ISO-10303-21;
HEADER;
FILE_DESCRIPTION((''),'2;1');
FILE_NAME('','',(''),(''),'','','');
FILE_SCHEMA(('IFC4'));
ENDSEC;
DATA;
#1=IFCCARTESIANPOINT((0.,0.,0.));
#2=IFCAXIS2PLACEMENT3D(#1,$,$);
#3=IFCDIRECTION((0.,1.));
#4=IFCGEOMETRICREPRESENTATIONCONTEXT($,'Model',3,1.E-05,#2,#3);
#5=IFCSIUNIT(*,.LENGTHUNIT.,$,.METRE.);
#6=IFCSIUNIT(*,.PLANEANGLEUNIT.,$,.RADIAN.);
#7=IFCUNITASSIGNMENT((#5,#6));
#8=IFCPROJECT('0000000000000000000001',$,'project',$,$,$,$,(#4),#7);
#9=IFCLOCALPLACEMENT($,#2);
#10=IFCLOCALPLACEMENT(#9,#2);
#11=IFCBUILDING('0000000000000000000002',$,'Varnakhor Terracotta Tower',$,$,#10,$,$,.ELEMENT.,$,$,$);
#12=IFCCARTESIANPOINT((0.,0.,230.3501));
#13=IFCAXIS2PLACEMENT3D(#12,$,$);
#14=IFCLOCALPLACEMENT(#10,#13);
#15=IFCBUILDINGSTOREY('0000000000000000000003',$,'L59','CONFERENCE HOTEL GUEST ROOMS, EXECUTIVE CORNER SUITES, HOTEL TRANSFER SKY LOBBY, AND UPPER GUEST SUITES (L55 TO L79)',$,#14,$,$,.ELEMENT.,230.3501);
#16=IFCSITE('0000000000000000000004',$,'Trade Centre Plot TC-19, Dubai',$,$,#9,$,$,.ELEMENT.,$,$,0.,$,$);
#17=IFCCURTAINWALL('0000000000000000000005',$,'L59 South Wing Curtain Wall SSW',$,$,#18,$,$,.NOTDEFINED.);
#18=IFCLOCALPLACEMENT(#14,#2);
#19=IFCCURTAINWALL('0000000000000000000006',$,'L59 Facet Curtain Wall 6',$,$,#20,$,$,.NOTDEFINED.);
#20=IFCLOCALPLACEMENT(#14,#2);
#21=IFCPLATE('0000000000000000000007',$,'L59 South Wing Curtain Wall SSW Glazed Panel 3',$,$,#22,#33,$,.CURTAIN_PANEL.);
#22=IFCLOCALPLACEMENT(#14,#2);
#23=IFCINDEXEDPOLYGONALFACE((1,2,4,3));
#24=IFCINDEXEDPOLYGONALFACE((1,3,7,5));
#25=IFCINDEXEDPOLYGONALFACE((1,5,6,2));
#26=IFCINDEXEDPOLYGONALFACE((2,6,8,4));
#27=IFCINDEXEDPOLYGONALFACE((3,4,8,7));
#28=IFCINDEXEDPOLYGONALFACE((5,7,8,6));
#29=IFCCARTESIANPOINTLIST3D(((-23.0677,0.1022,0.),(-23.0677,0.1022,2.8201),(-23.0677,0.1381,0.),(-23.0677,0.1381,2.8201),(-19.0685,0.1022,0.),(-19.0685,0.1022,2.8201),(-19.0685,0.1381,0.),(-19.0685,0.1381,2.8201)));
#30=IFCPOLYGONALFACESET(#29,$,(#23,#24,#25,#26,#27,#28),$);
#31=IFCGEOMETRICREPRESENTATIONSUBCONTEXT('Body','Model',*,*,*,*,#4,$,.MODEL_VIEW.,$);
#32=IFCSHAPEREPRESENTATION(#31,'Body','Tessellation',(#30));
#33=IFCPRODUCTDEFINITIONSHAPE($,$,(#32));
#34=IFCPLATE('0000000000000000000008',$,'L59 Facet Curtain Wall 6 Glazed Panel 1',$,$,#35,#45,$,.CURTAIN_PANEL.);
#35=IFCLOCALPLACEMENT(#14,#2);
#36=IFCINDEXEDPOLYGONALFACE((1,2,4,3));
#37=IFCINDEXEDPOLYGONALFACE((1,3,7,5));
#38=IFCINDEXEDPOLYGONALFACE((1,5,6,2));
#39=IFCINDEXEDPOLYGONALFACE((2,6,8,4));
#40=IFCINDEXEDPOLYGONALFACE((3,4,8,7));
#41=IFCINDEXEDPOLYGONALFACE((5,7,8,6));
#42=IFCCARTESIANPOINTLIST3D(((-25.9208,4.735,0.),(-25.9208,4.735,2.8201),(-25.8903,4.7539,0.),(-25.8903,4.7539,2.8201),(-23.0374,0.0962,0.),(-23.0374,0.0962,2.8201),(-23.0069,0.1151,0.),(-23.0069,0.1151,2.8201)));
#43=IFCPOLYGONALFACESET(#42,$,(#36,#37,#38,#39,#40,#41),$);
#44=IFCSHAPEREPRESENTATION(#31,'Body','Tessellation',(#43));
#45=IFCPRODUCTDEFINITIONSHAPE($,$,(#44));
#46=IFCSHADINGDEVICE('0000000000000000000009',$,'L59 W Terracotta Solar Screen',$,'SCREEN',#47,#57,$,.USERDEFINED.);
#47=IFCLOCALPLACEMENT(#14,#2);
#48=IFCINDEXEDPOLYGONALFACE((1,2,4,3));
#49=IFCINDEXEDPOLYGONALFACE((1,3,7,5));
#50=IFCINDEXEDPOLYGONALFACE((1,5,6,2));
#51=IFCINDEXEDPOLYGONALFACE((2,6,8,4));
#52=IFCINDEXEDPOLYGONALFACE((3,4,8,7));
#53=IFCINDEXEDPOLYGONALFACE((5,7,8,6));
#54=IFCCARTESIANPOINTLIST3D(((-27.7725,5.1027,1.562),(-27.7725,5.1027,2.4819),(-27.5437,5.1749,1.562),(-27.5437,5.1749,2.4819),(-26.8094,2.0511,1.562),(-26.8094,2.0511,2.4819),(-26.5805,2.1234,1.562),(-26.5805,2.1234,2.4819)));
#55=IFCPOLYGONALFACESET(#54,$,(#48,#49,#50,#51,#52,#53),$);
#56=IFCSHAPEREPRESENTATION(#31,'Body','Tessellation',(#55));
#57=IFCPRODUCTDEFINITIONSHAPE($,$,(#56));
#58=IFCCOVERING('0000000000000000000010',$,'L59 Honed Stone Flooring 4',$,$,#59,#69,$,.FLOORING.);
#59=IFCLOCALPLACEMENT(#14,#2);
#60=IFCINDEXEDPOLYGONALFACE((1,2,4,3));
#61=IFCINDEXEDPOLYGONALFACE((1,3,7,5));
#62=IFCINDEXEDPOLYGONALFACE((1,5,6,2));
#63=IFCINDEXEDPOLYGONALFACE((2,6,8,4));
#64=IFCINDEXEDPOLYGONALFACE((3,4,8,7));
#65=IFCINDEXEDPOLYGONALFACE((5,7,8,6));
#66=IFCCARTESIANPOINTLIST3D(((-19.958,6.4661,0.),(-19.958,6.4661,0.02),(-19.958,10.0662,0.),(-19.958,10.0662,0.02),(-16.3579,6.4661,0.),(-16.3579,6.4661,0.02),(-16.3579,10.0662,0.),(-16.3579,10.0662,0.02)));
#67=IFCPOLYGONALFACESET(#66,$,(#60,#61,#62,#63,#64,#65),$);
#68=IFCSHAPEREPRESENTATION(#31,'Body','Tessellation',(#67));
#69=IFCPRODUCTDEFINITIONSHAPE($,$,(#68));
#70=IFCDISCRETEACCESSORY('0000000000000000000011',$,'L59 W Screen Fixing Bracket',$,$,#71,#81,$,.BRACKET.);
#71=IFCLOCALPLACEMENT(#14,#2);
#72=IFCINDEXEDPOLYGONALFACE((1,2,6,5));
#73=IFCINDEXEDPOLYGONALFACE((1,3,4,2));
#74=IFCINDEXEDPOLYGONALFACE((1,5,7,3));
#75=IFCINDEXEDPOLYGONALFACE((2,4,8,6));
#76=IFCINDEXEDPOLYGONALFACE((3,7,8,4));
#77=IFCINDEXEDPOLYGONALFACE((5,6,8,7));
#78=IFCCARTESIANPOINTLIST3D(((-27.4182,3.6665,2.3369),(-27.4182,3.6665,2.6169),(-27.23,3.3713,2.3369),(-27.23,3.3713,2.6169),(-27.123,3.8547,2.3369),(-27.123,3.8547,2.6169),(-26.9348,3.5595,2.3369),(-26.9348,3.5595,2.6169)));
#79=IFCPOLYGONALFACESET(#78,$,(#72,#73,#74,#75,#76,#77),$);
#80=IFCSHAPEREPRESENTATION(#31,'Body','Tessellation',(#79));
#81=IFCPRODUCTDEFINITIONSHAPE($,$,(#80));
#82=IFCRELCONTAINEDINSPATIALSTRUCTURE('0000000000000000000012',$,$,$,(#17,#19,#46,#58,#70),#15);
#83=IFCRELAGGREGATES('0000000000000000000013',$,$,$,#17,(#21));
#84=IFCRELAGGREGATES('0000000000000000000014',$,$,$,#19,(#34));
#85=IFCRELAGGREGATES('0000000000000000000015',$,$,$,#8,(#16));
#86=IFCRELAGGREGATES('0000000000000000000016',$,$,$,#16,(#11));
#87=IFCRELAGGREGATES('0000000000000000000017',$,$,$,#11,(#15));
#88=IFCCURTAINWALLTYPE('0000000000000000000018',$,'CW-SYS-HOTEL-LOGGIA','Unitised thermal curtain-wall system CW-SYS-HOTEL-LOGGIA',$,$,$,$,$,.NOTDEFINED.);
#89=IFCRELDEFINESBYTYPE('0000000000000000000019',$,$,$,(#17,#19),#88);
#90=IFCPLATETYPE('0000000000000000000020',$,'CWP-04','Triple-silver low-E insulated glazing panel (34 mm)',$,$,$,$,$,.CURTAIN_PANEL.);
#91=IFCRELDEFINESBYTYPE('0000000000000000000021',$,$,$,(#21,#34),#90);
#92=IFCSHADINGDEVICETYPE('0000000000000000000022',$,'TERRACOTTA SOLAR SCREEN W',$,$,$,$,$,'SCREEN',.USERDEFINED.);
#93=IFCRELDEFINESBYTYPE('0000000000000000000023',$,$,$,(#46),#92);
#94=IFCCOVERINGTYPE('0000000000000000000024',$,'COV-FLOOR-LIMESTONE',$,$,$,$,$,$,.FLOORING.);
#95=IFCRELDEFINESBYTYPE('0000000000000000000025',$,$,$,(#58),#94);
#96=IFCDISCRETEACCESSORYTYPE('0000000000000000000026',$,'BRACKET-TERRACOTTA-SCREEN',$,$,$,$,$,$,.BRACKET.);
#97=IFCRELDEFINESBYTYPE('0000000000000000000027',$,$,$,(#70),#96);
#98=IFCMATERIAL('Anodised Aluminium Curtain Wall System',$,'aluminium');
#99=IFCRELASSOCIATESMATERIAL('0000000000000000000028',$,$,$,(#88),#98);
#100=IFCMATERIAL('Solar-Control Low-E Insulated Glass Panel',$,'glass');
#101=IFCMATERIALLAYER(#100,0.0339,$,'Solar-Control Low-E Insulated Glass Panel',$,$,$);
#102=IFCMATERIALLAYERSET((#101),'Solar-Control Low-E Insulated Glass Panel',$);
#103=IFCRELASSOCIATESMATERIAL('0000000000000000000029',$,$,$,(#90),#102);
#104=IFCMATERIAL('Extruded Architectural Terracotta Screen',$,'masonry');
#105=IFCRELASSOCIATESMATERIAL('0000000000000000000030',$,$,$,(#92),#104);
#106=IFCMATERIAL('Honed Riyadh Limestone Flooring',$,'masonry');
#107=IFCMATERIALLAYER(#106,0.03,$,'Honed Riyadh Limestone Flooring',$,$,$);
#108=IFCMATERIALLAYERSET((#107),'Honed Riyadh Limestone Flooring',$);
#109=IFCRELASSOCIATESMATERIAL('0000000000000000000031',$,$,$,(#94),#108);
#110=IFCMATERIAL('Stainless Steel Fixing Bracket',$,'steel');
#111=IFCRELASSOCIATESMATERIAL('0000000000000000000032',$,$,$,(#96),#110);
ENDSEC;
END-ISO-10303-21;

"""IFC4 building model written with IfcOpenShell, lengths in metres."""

from ifc_helpers import new_model, si_unit, direction, frame, origin, origin_2d, place, context, subcontext, project, spatial, rectangle, extrude, source, transform, mapped, material, layer, layer_set, type_object, type_shapes, element, aggregate, save


model = new_model("IFC4")

# Units and contexts
model_context = context("Model", 3, precision=1e-05, world=origin(), true_north=direction((0.0, 1.0)))
body_context = subcontext(model_context, "Body", "Model", "MODEL_VIEW")
ifc_project = project(units=[si_unit("LENGTHUNIT", "METRE"), si_unit("PLANEANGLEUNIT", "RADIAN")], contexts=[model_context])

# Site, building, storey
site_placement = place(None, origin())
site = spatial("IfcSite", under=ifc_project, at=site_placement, Name="Trade Centre Plot TC-19, Dubai", CompositionType="ELEMENT", RefElevation=0.0)
building_placement = place(site_placement, origin())
building = spatial("IfcBuilding", under=site, at=building_placement, Name="Varnakhor Terracotta Tower", CompositionType="ELEMENT")
storey_placement = place(building_placement, frame((0.0, 0.0, 230.3501)))
storey = spatial("IfcBuildingStorey", under=building, at=storey_placement, Name="L59", Description="CONFERENCE HOTEL GUEST ROOMS, EXECUTIVE CORNER SUITES, HOTEL TRANSFER SKY LOBBY, AND UPPER GUEST SUITES (L55 TO L79)", CompositionType="ELEMENT", Elevation=230.3501)

# Curtain wall
ifc_material_1 = material(Name="Anodised Aluminium Curtain Wall System", Category="aluminium")
curtain_wall_type = type_object("IfcCurtainWallType", Name="CW-SYS-HOTEL-LOGGIA", Description="Unitised thermal curtain-wall system CW-SYS-HOTEL-LOGGIA", PredefinedType="NOTDEFINED", material=ifc_material_1)
curtain_wall_1_placement = place(storey_placement, origin())
curtain_wall_1 = element("IfcCurtainWall", 1, at=curtain_wall_1_placement, inside=storey, type_object=curtain_wall_type, Name="L59 South Wing Curtain Wall SSW", PredefinedType="NOTDEFINED")

# Curtain wall
curtain_wall_2_placement = place(storey_placement, origin())
curtain_wall_2 = element("IfcCurtainWall", 2, at=curtain_wall_2_placement, inside=storey, type_object=curtain_wall_type, Name="L59 Facet Curtain Wall 6", PredefinedType="NOTDEFINED")

# Plates
ifc_material_2 = material(Name="Solar-Control Low-E Insulated Glass Panel", Category="glass")
ifc_layer_1 = layer(ifc_material_2, 0.0339, Name="Solar-Control Low-E Insulated Glass Panel")
ifc_layer_set_1 = layer_set([ifc_layer_1], Name="Solar-Control Low-E Insulated Glass Panel")
plate_type = type_object("IfcPlateType", Name="CWP-04", Description="Triple-silver low-E insulated glazing panel (34 mm)", PredefinedType="CURTAIN_PANEL", material=ifc_layer_set_1)
shared_shape_1 = source(origin(), body_context, "Body", "SweptSolid", [
    extrude(rectangle(XDim=3.9993, YDim=0.0359, at=origin_2d()), origin(), (0.0, 0.0, 1.0), 2.8201),
])
plate_1_placement = place(storey_placement, frame((-21.0681, 0.1201, 0.0), z_axis=(0.0, 0.0, 1.0), x_axis=(-1.0, 0.0, 0.0)))
plate_1 = element("IfcPlate", 3, at=plate_1_placement, type_object=plate_type, Name="L59 South Wing Curtain Wall SSW Glazed Panel 3", PredefinedType="CURTAIN_PANEL", context=body_context, shape_type="MappedRepresentation", body=[
    mapped(shared_shape_1, transform((0.0, 0.0, 0.0), scale=1.0)),
])
aggregate(curtain_wall_1, [plate_1])
shared_shape_2 = source(origin(), body_context, "Body", "SweptSolid", [
    extrude(rectangle(XDim=5.4619, YDim=0.0359, at=origin_2d()), origin(), (0.0, 0.0, 1.0), 2.8201),
])
plate_2_placement = place(storey_placement, frame((-24.4639, 2.425, 0.0), z_axis=(0.0, 0.0, 1.0), x_axis=(-0.527905, 0.849304, 0.0)))
plate_2 = element("IfcPlate", 4, at=plate_2_placement, type_object=plate_type, Name="L59 Facet Curtain Wall 6 Glazed Panel 1", PredefinedType="CURTAIN_PANEL", context=body_context, shape_type="MappedRepresentation", body=[
    mapped(shared_shape_2, transform((0.0, 0.0, 0.0), scale=1.0)),
])
aggregate(curtain_wall_2, [plate_2])

# Shading device
ifc_material_3 = material(Name="Extruded Architectural Terracotta Screen", Category="masonry")
shading_device_type = type_object("IfcShadingDeviceType", Name="TERRACOTTA SOLAR SCREEN W", ElementType="SCREEN", PredefinedType="USERDEFINED", material=ifc_material_3)
shared_shape_3 = source(origin(), body_context, "Body", "SweptSolid", [
    extrude(rectangle(XDim=3.2, YDim=0.24, at=origin_2d()), origin(), (0.0, 0.0, 1.0), 0.9199),
])
type_shapes(shading_device_type, [shared_shape_3])
shading_device_placement = place(storey_placement, frame((-27.1765, 3.613, 1.562), z_axis=(0.0, 0.0, 1.0), x_axis=(0.300989, -0.953628, 0.0)))
element("IfcShadingDevice", 5, at=shading_device_placement, inside=storey, type_object=shading_device_type, Name="L59 W Terracotta Solar Screen", ObjectType="SCREEN", PredefinedType="USERDEFINED", context=body_context, shape_type="MappedRepresentation", body=[
    mapped(shared_shape_3, transform((0.0, 0.0, 0.0), scale=1.0)),
])

# Covering
ifc_material_4 = material(Name="Honed Riyadh Limestone Flooring", Category="masonry")
ifc_layer_2 = layer(ifc_material_4, 0.03, Name="Honed Riyadh Limestone Flooring")
ifc_layer_set_2 = layer_set([ifc_layer_2], Name="Honed Riyadh Limestone Flooring")
covering_type = type_object("IfcCoveringType", Name="COV-FLOOR-LIMESTONE", PredefinedType="FLOORING", material=ifc_layer_set_2)
shared_shape_4 = source(origin(), body_context, "Body", "SweptSolid", [
    extrude(rectangle(XDim=3.6001, YDim=3.6001, at=origin_2d()), origin(), (0.0, 0.0, 1.0), 0.02),
])
covering_placement = place(storey_placement, frame((-18.158, 8.2661, 0.0), z_axis=(0.0, 0.0, 1.0), x_axis=(1.0, 0.0, 0.0)))
element("IfcCovering", 6, at=covering_placement, inside=storey, type_object=covering_type, Name="L59 Honed Stone Flooring 4", PredefinedType="FLOORING", context=body_context, shape_type="MappedRepresentation", body=[
    mapped(shared_shape_4, transform((0.0, 0.0, 0.0), scale=1.0)),
])

# Discrete accessory
ifc_material_5 = material(Name="Stainless Steel Fixing Bracket", Category="steel")
discrete_accessory_type = type_object("IfcDiscreteAccessoryType", Name="BRACKET-TERRACOTTA-SCREEN", PredefinedType="BRACKET", material=ifc_material_5)
shared_shape_5 = source(origin(), body_context, "Body", "SweptSolid", [
    extrude(rectangle(XDim=0.3501, YDim=0.3501, at=origin_2d()), origin(), (0.0, 0.0, 1.0), 0.28),
])
type_shapes(discrete_accessory_type, [shared_shape_5])
discrete_accessory_placement = place(storey_placement, frame((-27.1765, 3.613, 2.3369), z_axis=(0.0, 0.0, 1.0), x_axis=(0.53755, -0.843232, 0.0)))
element("IfcDiscreteAccessory", 7, at=discrete_accessory_placement, inside=storey, type_object=discrete_accessory_type, Name="L59 W Screen Fixing Bracket", PredefinedType="BRACKET", context=body_context, shape_type="MappedRepresentation", body=[
    mapped(shared_shape_5, transform((0.0, 0.0, 0.0), scale=1.0)),
])

save(model, "model.ifc")
